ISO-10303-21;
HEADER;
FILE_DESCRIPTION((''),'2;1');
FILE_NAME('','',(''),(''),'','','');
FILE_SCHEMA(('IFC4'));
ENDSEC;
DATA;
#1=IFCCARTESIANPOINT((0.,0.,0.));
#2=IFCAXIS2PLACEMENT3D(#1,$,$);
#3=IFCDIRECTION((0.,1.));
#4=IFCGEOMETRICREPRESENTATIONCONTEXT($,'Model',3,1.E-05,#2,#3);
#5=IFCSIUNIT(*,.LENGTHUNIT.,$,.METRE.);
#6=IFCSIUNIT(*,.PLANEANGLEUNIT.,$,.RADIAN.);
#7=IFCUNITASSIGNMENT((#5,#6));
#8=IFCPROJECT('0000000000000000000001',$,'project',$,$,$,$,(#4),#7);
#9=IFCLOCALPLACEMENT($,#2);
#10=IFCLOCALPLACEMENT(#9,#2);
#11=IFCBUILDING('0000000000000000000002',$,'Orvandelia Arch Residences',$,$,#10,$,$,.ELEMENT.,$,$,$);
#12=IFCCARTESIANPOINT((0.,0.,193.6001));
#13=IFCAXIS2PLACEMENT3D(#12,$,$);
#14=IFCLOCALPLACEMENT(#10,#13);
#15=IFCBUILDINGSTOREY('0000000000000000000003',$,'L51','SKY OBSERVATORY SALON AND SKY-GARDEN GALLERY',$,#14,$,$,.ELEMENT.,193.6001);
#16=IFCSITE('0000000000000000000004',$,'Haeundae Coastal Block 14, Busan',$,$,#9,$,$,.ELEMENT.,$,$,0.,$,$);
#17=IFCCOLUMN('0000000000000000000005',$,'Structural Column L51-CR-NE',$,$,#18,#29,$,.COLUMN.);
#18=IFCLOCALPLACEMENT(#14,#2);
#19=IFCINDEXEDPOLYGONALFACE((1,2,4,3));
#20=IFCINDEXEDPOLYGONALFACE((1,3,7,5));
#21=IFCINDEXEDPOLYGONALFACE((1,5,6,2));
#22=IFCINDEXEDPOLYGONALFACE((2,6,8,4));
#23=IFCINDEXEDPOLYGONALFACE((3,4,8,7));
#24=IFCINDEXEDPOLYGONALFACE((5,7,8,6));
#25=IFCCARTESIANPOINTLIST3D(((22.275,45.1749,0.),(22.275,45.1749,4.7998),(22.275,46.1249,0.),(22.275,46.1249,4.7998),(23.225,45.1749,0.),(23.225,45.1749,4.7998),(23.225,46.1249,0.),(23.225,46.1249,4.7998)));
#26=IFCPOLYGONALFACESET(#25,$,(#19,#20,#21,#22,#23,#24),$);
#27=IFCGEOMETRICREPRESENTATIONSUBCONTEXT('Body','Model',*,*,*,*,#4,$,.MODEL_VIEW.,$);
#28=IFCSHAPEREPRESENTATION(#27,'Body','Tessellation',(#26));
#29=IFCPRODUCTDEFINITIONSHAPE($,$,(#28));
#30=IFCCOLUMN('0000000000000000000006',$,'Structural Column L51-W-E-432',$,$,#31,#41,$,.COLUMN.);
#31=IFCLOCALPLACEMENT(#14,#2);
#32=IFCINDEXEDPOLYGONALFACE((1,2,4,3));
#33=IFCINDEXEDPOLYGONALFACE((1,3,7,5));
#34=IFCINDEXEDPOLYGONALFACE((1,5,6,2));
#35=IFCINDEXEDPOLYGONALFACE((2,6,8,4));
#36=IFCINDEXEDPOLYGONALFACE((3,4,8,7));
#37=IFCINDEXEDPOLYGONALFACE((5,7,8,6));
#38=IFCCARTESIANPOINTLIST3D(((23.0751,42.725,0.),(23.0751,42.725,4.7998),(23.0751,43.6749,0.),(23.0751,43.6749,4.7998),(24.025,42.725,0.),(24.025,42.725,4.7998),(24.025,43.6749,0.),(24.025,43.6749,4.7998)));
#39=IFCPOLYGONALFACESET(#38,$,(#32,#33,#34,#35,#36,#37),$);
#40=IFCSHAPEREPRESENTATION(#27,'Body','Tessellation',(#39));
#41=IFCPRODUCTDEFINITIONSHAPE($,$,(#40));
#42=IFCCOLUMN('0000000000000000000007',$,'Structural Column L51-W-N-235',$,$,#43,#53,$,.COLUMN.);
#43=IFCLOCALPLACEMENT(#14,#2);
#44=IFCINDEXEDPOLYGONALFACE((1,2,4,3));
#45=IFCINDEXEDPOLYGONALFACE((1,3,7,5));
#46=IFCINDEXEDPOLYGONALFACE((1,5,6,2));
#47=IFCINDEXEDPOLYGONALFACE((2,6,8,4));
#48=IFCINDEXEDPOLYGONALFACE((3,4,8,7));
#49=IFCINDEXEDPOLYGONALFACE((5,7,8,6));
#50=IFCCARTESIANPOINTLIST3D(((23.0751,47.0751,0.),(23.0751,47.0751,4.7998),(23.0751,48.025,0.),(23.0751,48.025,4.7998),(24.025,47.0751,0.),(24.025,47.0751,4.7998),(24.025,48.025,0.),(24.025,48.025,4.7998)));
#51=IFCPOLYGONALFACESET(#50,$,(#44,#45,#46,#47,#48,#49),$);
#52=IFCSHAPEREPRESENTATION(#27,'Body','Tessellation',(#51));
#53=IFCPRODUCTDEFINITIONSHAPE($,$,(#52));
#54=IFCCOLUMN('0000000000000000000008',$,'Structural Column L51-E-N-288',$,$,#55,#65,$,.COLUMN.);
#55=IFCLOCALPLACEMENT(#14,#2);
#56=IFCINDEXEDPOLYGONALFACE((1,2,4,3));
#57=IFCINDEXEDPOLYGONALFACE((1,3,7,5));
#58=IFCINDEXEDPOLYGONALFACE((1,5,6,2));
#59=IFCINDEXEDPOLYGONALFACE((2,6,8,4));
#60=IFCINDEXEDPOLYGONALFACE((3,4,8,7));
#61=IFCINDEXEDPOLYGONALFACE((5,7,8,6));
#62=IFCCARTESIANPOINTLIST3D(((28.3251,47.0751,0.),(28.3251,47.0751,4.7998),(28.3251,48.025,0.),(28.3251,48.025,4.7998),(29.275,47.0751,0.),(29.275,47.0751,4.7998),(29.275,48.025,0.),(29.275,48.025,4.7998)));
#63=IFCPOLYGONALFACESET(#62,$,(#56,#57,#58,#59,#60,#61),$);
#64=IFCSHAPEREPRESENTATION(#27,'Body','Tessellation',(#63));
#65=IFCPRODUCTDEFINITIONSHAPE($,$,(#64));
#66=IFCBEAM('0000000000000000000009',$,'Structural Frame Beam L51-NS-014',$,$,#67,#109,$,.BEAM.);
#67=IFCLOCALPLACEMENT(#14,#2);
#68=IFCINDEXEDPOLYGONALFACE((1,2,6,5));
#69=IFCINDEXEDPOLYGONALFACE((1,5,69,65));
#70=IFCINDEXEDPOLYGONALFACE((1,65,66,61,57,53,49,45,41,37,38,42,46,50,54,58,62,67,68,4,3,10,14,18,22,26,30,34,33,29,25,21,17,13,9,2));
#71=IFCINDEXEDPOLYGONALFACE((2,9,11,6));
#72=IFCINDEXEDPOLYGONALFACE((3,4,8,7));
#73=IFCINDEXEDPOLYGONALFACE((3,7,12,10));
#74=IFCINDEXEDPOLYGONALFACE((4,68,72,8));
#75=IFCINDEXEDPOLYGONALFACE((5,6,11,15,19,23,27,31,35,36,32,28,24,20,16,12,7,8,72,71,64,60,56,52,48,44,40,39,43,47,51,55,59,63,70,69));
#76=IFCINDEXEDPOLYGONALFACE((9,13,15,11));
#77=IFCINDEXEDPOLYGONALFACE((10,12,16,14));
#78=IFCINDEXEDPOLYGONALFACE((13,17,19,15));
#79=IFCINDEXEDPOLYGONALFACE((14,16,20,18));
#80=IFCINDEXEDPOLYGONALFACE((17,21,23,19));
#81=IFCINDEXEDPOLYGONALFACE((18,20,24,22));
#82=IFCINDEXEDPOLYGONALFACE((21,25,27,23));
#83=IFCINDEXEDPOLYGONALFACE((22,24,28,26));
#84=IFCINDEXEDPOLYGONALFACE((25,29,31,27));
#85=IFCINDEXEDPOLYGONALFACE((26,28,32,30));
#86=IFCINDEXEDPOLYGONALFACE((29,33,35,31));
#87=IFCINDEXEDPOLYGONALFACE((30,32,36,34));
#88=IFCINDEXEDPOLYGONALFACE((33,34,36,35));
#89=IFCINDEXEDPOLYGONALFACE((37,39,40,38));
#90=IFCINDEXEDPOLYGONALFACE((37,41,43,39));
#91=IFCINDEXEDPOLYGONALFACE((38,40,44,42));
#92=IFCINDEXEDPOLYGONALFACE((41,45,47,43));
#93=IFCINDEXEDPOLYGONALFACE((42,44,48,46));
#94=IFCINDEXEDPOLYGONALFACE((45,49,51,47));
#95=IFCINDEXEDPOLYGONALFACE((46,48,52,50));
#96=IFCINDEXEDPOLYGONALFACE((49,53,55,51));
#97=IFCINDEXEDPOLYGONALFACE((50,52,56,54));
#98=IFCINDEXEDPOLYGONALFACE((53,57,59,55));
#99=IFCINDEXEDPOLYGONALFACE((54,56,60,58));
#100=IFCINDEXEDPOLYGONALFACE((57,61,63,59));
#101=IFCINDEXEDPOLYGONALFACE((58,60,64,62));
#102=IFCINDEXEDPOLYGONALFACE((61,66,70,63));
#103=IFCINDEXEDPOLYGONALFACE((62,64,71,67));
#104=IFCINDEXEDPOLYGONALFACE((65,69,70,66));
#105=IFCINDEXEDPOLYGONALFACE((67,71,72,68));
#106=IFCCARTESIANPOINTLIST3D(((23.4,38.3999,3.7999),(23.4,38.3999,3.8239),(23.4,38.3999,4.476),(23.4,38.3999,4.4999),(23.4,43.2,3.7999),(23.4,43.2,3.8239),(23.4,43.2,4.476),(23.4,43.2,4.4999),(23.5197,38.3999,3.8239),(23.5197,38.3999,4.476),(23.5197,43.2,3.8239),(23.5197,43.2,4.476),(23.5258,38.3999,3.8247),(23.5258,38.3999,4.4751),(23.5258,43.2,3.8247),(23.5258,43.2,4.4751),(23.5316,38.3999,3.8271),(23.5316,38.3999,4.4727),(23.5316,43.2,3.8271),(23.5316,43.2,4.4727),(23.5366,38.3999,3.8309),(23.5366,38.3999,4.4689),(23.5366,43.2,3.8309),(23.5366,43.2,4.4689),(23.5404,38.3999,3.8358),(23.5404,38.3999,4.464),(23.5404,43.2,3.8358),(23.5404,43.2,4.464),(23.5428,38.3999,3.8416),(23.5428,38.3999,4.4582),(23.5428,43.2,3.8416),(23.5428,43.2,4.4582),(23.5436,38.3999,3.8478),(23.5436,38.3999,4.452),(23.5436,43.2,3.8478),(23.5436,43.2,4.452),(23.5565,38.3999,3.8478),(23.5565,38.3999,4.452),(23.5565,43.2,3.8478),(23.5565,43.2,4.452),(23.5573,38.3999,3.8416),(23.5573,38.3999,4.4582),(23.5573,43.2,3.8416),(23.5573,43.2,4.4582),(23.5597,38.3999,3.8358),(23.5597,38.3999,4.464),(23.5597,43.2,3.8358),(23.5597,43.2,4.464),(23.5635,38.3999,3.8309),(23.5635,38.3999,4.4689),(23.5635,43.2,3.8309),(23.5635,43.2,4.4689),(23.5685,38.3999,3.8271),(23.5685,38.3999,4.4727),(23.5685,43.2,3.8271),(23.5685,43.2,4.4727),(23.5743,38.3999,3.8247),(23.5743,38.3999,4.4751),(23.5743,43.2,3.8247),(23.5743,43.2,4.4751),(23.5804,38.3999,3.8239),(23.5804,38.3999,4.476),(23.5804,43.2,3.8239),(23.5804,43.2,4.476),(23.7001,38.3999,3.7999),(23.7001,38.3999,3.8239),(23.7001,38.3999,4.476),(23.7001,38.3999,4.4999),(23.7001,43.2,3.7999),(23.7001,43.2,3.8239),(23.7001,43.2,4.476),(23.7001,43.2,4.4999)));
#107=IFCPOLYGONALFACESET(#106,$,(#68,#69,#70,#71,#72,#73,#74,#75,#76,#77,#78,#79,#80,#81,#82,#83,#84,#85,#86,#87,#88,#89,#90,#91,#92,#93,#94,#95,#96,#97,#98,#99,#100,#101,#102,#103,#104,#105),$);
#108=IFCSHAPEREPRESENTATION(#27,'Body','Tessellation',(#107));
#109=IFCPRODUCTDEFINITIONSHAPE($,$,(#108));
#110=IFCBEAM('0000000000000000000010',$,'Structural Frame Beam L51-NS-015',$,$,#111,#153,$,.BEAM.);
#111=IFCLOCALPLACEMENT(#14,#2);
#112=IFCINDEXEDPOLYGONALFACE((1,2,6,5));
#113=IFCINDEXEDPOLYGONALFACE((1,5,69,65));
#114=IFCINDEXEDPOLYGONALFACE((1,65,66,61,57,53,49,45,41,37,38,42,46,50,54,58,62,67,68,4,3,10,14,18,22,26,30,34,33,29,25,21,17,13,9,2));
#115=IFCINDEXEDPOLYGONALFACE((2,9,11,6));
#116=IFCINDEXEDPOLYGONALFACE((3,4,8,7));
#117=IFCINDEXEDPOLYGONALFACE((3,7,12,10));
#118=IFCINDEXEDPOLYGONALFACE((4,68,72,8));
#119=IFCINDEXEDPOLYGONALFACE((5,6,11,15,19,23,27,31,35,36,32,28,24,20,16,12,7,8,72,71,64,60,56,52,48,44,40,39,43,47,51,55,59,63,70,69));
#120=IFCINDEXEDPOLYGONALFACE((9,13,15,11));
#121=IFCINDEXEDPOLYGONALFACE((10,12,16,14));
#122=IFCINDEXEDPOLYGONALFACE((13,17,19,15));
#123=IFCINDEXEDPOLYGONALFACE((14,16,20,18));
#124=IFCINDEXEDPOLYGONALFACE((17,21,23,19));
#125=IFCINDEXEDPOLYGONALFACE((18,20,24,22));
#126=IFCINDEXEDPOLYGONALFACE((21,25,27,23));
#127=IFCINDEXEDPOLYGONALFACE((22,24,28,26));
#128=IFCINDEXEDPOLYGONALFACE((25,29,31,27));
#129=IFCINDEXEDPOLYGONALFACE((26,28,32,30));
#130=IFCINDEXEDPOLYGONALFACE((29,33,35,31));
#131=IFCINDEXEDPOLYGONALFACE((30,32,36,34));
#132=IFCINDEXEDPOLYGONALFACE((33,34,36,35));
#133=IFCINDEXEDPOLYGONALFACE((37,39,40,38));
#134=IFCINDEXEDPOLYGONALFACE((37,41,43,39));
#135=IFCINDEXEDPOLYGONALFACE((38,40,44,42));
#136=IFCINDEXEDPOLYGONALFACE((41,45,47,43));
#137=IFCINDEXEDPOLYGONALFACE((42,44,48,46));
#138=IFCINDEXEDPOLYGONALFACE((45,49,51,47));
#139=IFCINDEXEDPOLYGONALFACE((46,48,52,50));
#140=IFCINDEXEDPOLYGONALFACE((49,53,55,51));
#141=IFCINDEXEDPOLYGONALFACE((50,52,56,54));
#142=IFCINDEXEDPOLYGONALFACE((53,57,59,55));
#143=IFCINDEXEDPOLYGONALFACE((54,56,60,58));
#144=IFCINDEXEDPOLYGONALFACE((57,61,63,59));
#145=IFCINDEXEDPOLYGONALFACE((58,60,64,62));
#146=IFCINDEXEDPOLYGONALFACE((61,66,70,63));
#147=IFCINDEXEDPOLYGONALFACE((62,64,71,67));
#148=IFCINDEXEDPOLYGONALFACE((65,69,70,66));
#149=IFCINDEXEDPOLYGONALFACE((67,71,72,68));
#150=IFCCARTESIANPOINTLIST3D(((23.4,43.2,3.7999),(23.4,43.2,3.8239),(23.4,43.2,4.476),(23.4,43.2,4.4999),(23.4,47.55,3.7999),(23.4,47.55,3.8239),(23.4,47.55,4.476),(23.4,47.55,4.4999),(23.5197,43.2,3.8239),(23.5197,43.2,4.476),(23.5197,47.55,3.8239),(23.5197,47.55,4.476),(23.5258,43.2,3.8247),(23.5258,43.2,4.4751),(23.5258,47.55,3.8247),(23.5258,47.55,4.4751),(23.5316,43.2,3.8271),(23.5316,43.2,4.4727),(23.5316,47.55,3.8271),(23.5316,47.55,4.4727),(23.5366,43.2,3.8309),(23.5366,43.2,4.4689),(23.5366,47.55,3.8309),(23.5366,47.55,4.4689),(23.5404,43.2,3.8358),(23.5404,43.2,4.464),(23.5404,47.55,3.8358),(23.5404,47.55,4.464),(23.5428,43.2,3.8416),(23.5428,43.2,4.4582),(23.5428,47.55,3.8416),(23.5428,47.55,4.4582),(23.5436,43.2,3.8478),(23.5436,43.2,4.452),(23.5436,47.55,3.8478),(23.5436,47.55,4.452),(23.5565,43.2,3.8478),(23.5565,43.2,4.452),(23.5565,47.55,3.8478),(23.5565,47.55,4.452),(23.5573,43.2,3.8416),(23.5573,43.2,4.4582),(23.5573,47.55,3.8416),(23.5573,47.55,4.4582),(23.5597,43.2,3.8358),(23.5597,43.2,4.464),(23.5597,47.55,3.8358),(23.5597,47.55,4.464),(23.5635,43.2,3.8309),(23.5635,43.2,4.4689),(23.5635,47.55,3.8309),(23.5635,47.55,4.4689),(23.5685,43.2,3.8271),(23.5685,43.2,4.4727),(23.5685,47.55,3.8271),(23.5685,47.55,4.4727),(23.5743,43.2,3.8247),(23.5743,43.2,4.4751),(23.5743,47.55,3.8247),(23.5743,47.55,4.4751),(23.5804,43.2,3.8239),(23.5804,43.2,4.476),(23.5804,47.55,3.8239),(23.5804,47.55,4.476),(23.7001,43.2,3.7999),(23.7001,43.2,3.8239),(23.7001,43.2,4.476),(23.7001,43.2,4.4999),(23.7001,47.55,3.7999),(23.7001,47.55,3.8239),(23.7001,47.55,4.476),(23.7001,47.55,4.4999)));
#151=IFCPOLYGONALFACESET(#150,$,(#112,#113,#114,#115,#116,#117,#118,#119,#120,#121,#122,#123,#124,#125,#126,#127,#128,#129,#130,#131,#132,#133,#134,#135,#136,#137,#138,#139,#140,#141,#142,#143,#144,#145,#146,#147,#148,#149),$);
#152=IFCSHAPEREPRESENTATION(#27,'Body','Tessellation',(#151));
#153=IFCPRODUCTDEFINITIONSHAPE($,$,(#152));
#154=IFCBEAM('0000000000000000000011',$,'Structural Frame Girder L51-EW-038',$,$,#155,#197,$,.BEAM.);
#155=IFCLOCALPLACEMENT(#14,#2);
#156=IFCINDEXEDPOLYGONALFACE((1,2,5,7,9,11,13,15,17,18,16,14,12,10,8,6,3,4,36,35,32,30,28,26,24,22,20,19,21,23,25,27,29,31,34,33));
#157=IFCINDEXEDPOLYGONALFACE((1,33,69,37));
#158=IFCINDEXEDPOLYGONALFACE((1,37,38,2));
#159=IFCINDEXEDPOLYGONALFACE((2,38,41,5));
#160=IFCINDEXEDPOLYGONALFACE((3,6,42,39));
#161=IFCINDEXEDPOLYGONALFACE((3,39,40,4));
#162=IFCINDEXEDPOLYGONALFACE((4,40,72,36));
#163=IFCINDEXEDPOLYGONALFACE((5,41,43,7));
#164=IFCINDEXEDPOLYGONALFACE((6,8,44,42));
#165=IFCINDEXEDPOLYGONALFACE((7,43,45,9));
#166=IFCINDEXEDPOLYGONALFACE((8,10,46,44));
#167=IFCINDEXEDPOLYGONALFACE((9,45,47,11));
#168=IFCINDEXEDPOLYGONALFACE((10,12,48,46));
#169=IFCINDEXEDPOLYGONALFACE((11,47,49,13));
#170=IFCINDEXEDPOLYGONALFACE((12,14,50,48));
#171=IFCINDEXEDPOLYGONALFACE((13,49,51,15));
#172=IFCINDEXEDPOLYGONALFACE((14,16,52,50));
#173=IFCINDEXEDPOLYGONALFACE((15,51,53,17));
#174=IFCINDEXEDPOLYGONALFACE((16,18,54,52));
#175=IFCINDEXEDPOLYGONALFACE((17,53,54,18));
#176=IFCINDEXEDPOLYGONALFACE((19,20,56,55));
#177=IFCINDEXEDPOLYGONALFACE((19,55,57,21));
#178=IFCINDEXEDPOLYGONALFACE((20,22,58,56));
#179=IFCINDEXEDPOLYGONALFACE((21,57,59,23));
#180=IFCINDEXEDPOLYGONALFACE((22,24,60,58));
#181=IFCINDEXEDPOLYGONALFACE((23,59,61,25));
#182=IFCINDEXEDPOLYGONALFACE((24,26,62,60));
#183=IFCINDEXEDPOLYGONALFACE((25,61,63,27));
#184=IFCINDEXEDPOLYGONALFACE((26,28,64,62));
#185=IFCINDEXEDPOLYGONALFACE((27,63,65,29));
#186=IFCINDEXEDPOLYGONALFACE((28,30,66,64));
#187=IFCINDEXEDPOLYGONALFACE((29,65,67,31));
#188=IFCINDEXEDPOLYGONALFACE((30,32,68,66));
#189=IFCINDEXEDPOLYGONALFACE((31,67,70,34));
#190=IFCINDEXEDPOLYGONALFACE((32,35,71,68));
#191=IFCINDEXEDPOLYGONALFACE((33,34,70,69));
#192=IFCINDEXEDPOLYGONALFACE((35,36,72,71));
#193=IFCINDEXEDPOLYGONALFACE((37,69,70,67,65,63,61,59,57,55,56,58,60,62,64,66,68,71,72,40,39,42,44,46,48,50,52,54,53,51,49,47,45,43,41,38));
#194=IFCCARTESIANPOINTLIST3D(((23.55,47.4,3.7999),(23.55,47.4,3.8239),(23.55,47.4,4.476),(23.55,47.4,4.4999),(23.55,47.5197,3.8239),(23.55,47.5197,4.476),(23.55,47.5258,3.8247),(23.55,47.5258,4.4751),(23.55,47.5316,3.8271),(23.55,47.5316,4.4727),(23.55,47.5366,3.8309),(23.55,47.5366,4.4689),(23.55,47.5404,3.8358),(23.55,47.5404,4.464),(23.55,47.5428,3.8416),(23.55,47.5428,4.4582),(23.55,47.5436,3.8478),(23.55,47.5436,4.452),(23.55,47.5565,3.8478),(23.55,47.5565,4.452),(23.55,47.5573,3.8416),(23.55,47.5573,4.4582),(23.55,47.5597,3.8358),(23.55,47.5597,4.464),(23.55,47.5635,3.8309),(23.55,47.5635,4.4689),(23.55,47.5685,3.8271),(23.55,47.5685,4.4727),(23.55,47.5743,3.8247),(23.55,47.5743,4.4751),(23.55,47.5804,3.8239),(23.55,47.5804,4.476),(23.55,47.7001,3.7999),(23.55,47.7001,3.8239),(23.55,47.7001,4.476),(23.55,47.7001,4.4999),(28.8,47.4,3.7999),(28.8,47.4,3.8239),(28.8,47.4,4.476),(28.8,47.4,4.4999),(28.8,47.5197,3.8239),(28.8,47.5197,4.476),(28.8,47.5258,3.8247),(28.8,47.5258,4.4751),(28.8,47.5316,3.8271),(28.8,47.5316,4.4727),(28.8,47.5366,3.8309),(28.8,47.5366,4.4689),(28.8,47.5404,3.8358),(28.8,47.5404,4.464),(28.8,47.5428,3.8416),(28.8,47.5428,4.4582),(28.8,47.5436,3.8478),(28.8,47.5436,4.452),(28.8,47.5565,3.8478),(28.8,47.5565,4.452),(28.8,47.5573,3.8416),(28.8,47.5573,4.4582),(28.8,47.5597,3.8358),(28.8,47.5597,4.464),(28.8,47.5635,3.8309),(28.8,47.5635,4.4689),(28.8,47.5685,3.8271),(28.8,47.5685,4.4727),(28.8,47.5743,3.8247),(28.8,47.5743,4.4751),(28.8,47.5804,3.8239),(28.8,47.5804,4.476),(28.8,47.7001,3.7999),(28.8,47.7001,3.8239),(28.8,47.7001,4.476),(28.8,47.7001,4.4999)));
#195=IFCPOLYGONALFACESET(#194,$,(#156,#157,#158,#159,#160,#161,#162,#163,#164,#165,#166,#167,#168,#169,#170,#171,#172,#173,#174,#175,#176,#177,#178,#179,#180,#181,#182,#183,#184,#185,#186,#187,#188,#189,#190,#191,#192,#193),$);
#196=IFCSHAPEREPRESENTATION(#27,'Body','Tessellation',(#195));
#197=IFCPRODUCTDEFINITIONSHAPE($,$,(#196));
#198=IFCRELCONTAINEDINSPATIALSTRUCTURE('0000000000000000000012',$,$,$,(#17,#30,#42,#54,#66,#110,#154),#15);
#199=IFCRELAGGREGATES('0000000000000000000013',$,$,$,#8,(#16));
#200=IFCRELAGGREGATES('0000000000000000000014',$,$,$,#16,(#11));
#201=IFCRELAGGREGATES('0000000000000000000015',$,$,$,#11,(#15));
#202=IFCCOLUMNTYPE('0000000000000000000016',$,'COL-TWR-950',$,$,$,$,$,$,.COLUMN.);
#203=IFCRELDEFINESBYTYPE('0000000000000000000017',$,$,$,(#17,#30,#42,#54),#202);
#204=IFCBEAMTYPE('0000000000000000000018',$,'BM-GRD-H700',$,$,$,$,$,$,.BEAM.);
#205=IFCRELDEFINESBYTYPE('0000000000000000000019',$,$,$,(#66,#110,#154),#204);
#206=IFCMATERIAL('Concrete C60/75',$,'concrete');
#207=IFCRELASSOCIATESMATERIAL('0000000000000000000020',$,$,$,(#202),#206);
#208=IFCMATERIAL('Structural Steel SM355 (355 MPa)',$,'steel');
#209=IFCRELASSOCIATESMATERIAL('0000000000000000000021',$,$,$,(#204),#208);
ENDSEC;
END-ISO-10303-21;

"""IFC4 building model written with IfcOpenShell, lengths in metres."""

from ifc_helpers import new_model, si_unit, direction, frame, origin, origin_2d, place, context, subcontext, project, spatial, rectangle, i_section, extrude, material, material_profile, profile_set, type_object, element, save


model = new_model("IFC4")

# Units and contexts
model_context = context("Model", 3, precision=1e-05, world=origin(), true_north=direction((0.0, 1.0)))
body_context = subcontext(model_context, "Body", "Model", "MODEL_VIEW")
ifc_project = project(units=[si_unit("LENGTHUNIT", "METRE"), si_unit("PLANEANGLEUNIT", "RADIAN")], contexts=[model_context])

# Site, building, storey
site_placement = place(None, origin())
site = spatial("IfcSite", under=ifc_project, at=site_placement, Name="Haeundae Coastal Block 14, Busan", CompositionType="ELEMENT", RefElevation=0.0)
building_placement = place(site_placement, origin())
building = spatial("IfcBuilding", under=site, at=building_placement, Name="Orvandelia Arch Residences", CompositionType="ELEMENT")
storey_placement = place(building_placement, frame((0.0, 0.0, 193.6001)))
storey = spatial("IfcBuildingStorey", under=building, at=storey_placement, Name="L51", Description="SKY OBSERVATORY SALON AND SKY-GARDEN GALLERY", CompositionType="ELEMENT", Elevation=193.6001)

# Columns
ifc_material_1 = material(Name="Concrete C60/75", Category="concrete")
ifc_material_profile_1 = material_profile(ifc_material_1, rectangle(XDim=0.95, YDim=0.95, at=origin_2d()), Name="Concrete C60/75", Category="concrete")
ifc_profile_set_1 = profile_set([ifc_material_profile_1], Name="Concrete C60/75")
column_type = type_object("IfcColumnType", Name="COL-TWR-950", PredefinedType="COLUMN", material=ifc_profile_set_1)
for number, where, z_axis, x_axis, name in (
    (1, (22.75, 45.6499, 0.0), (0.0, 0.0, 1.0), (1.0, 0.0, 0.0), "Structural Column L51-CR-NE"),
    (2, (23.55, 43.2, 0.0), (0.0, 0.0, 1.0), (1.0, 0.0, 0.0), "Structural Column L51-W-E-432"),
    (3, (23.55, 47.55, 0.0), (0.0, 0.0, 1.0), (1.0, 0.0, 0.0), "Structural Column L51-W-N-235"),
    (4, (28.8, 47.55, 0.0), (0.0, 0.0, 1.0), (1.0, 0.0, 0.0), "Structural Column L51-E-N-288"),
):
    element("IfcColumn", number, at=place(storey_placement, frame(where, z_axis=z_axis, x_axis=x_axis)), inside=storey, type_object=column_type, Name=name, PredefinedType="COLUMN", context=body_context, shape_type="SweptSolid", body=[
        extrude(rectangle(XDim=0.95, YDim=0.95, at=origin_2d()), origin(), (0.0, 0.0, 1.0), 4.7998),
    ])

# Beams
ifc_material_2 = material(Name="Structural Steel SM355 (355 MPa)", Category="steel")
ifc_material_profile_2 = material_profile(ifc_material_2, i_section(OverallWidth=0.3, OverallDepth=0.7, WebThickness=0.0129, FlangeThickness=0.0239, FilletRadius=0.0239, at=origin_2d()), Name="Structural Steel SM355 (355 MPa)", Category="steel")
ifc_profile_set_2 = profile_set([ifc_material_profile_2], Name="Structural Steel SM355 (355 MPa)")
beam_type = type_object("IfcBeamType", Name="BM-GRD-H700", PredefinedType="BEAM", material=ifc_profile_set_2)
beam_1_placement = place(storey_placement, frame((23.55, 38.3999, 4.1499), z_axis=(0.0, 1.0, 0.0), x_axis=(-1.0, 0.0, 0.0)))
element("IfcBeam", 5, at=beam_1_placement, inside=storey, type_object=beam_type, Name="Structural Frame Beam L51-NS-014", PredefinedType="BEAM", context=body_context, shape_type="SweptSolid", body=[
    extrude(i_section(OverallWidth=0.3, OverallDepth=0.7, WebThickness=0.0129, FlangeThickness=0.0239, FilletRadius=0.0239, at=origin_2d()), origin(), (0.0, 0.0, 1.0), 4.8),
])
beam_2_placement = place(storey_placement, frame((23.55, 43.2, 4.1499), z_axis=(0.0, 1.0, 0.0), x_axis=(-1.0, 0.0, 0.0)))
element("IfcBeam", 6, at=beam_2_placement, inside=storey, type_object=beam_type, Name="Structural Frame Beam L51-NS-015", PredefinedType="BEAM", context=body_context, shape_type="SweptSolid", body=[
    extrude(i_section(OverallWidth=0.3, OverallDepth=0.7, WebThickness=0.0129, FlangeThickness=0.0239, FilletRadius=0.0239, at=origin_2d()), origin(), (0.0, 0.0, 1.0), 4.3501),
])
beam_3_placement = place(storey_placement, frame((23.55, 47.55, 4.1499), z_axis=(1.0, 0.0, 0.0), x_axis=(0.0, 1.0, 0.0)))
element("IfcBeam", 7, at=beam_3_placement, inside=storey, type_object=beam_type, Name="Structural Frame Girder L51-EW-038", PredefinedType="BEAM", context=body_context, shape_type="SweptSolid", body=[
    extrude(i_section(OverallWidth=0.3, OverallDepth=0.7, WebThickness=0.0129, FlangeThickness=0.0239, FilletRadius=0.0239, at=origin_2d()), origin(), (0.0, 0.0, 1.0), 5.25),
])

save(model, "model.ifc")
